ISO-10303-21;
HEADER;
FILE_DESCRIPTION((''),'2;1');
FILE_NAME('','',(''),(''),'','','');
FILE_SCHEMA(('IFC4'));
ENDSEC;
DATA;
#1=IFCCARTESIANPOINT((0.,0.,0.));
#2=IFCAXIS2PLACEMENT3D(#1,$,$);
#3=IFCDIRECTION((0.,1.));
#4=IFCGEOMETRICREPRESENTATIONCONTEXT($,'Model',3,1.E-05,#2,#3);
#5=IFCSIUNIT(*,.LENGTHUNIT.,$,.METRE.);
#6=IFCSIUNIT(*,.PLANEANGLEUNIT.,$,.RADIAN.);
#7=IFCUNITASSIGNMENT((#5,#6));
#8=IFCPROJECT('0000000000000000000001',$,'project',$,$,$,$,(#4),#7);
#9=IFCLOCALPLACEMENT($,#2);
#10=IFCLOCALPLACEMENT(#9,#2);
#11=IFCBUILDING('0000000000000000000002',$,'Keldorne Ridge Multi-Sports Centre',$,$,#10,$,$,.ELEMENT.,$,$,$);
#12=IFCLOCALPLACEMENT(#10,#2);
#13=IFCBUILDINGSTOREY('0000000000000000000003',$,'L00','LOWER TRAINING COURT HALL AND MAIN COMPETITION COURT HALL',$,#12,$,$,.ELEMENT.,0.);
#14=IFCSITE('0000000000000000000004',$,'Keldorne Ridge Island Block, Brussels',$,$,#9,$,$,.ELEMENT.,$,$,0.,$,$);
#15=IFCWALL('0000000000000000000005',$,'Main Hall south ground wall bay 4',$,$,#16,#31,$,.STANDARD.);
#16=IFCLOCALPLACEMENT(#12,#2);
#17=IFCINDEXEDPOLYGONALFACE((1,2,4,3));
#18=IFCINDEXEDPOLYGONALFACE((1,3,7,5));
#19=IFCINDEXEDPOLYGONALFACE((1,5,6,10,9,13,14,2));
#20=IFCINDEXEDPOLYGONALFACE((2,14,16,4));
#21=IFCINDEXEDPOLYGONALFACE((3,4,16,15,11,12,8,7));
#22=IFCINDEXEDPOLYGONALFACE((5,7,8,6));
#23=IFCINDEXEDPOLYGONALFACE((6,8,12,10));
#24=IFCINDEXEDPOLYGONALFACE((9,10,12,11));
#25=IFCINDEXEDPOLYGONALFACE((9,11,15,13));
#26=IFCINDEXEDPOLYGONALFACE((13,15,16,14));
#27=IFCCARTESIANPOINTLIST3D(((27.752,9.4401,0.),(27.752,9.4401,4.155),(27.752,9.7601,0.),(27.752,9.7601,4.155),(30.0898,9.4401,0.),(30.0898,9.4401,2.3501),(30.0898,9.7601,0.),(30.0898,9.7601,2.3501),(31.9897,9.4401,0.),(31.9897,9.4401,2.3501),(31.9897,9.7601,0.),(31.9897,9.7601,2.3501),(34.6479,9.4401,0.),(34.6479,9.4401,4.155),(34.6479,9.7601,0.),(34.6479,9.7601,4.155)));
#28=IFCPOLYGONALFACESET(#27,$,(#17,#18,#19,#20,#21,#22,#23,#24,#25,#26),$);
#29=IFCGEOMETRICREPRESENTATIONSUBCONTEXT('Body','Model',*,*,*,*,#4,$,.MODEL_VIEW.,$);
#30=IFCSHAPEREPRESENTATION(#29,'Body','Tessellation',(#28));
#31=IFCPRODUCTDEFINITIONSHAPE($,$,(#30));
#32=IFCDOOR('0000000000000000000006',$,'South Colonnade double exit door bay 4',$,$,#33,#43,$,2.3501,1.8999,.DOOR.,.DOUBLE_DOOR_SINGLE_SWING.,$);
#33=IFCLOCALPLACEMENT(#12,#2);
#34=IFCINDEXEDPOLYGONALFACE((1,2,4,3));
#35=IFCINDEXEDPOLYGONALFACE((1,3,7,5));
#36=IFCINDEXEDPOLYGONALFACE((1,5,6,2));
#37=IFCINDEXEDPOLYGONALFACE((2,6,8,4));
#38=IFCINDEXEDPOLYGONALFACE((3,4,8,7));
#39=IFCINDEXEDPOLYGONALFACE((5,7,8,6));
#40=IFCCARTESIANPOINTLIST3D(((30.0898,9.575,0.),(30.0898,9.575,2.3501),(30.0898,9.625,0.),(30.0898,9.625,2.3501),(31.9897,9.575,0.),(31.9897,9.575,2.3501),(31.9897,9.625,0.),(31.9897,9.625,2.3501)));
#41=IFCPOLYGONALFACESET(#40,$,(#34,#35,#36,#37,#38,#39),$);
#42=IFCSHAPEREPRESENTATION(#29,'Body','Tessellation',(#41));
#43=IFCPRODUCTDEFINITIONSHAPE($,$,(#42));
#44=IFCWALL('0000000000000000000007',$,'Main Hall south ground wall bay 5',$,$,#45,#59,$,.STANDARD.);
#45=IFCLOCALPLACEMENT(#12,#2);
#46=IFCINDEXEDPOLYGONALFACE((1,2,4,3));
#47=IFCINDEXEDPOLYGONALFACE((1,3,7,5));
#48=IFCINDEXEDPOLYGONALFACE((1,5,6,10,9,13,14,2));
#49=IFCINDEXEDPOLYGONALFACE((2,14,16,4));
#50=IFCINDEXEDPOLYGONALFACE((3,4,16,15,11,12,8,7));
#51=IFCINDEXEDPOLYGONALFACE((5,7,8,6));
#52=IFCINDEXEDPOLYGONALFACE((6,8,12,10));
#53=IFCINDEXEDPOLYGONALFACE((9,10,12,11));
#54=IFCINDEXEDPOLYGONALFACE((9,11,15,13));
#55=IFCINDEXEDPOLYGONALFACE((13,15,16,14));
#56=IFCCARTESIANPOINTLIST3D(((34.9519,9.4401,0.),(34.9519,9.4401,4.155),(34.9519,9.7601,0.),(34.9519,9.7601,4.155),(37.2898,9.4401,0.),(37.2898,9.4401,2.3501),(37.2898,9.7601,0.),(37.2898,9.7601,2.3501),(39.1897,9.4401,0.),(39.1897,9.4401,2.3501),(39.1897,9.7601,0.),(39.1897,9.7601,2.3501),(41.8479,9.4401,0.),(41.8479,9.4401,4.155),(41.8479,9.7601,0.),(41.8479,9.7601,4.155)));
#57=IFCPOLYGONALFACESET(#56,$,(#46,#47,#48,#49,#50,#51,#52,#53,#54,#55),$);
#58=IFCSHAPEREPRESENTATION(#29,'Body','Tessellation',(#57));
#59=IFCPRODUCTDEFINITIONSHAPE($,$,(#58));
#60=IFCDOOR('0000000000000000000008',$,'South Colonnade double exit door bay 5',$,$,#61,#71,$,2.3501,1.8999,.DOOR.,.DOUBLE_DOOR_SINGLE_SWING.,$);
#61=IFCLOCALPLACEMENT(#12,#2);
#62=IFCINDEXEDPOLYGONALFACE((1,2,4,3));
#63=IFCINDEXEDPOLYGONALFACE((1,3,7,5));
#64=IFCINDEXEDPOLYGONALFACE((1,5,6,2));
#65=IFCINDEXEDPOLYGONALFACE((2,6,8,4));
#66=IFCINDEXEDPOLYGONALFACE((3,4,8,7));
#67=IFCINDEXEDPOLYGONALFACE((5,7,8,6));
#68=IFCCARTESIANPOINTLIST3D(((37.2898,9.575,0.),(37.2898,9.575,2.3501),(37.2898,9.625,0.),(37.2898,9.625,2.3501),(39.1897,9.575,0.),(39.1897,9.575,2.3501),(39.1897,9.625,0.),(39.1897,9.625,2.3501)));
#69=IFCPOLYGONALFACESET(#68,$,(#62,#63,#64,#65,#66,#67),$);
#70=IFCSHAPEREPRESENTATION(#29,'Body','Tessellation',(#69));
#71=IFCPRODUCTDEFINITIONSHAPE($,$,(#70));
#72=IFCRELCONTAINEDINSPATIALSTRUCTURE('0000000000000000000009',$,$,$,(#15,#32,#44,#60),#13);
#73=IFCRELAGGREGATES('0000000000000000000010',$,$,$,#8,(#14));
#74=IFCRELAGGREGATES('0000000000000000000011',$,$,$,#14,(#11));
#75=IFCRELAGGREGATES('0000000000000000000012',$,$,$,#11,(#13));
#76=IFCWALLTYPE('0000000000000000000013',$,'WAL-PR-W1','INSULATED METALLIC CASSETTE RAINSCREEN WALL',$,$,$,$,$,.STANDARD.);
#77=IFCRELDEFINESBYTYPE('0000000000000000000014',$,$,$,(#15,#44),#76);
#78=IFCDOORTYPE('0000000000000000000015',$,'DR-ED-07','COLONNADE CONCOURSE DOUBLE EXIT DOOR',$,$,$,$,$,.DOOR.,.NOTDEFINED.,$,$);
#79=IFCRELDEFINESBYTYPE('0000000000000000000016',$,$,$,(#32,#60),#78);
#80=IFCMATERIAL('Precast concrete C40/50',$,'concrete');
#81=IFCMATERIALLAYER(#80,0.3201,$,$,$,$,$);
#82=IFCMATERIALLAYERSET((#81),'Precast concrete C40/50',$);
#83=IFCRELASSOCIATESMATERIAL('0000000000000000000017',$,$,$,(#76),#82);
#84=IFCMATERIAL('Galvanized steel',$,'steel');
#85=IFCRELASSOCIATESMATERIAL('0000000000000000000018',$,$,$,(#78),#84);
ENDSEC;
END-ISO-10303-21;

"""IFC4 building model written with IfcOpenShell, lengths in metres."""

from ifc_helpers import new_model, si_unit, direction, frame, frame_2d, origin, place, context, subcontext, project, spatial, rectangle, extrude, material, layer, layer_set, type_object, element, fill, save


model = new_model("IFC4")

# Units and contexts
model_context = context("Model", 3, precision=1e-05, world=origin(), true_north=direction((0.0, 1.0)))
body_context = subcontext(model_context, "Body", "Model", "MODEL_VIEW")
ifc_project = project(units=[si_unit("LENGTHUNIT", "METRE"), si_unit("PLANEANGLEUNIT", "RADIAN")], contexts=[model_context])

# Site, building, storey
site_placement = place(None, origin())
site = spatial("IfcSite", under=ifc_project, at=site_placement, Name="Keldorne Ridge Island Block, Brussels", CompositionType="ELEMENT", RefElevation=0.0)
building_placement = place(site_placement, origin())
building = spatial("IfcBuilding", under=site, at=building_placement, Name="Keldorne Ridge Multi-Sports Centre", CompositionType="ELEMENT")
storey_placement = place(building_placement, origin())
storey = spatial("IfcBuildingStorey", under=building, at=storey_placement, Name="L00", Description="LOWER TRAINING COURT HALL AND MAIN COMPETITION COURT HALL", CompositionType="ELEMENT", Elevation=0.0)

# Walls, openings, doors
ifc_material_1 = material(Name="Precast concrete C40/50", Category="concrete")
ifc_layer_1 = layer(ifc_material_1, 0.3201)
ifc_layer_set_1 = layer_set([ifc_layer_1], Name="Precast concrete C40/50")
wall_type = type_object("IfcWallType", Name="WAL-PR-W1", Description="INSULATED METALLIC CASSETTE RAINSCREEN WALL", PredefinedType="STANDARD", material=ifc_layer_set_1)
wall_1_placement = place(storey_placement, frame((27.752, 9.6001, 0.0), z_axis=(0.0, 0.0, 1.0), x_axis=(1.0, 0.0, 0.0)))
wall_1 = element("IfcWall", 1, at=wall_1_placement, inside=storey, type_object=wall_type, Name="Main Hall south ground wall bay 4", PredefinedType="STANDARD", context=body_context, shape_type="SweptSolid", body=[
    extrude(rectangle(XDim=6.896, YDim=0.3201, at=frame_2d((3.448, 0.0))), origin(), (0.0, 0.0, 1.0), 4.155),
])
opening_1_placement = place(wall_1_placement, frame((2.3379, 0.0, 0.0)))
opening_1 = element("IfcOpeningElement", 2, at=opening_1_placement, cuts=wall_1, PredefinedType="OPENING", context=body_context, shape_type="SweptSolid", body=[
    extrude(rectangle(XDim=1.8999, YDim=2.3501, at=frame_2d((0.95, 1.175))), frame((0.0, 0.1699, 0.0), z_axis=(0.0, -1.0, 0.0), x_axis=(1.0, 0.0, 0.0)), (0.0, 0.0, 1.0), 0.3401),
])
ifc_material_2 = material(Name="Galvanized steel", Category="steel")
door_type = type_object("IfcDoorType", Name="DR-ED-07", Description="COLONNADE CONCOURSE DOUBLE EXIT DOOR", OperationType="NOTDEFINED", PredefinedType="DOOR", material=ifc_material_2)
door_1_placement = place(opening_1_placement, origin())
door_1 = element("IfcDoor", 3, at=door_1_placement, inside=storey, type_object=door_type, Name="South Colonnade double exit door bay 4", OperationType="DOUBLE_DOOR_SINGLE_SWING", OverallHeight=2.3501, OverallWidth=1.8999, PredefinedType="DOOR", context=body_context, shape_type="SweptSolid", body=[
    extrude(rectangle(XDim=1.8999, YDim=2.3501, at=frame_2d((0.95, 1.175))), frame((0.0, 0.0249, 0.0), z_axis=(0.0, -1.0, 0.0), x_axis=(1.0, 0.0, 0.0)), (0.0, 0.0, 1.0), 0.05),
])
fill(opening_1, door_1)
wall_2_placement = place(storey_placement, frame((34.9519, 9.6001, 0.0), z_axis=(0.0, 0.0, 1.0), x_axis=(1.0, 0.0, 0.0)))
wall_2 = element("IfcWall", 4, at=wall_2_placement, inside=storey, type_object=wall_type, Name="Main Hall south ground wall bay 5", PredefinedType="STANDARD", context=body_context, shape_type="SweptSolid", body=[
    extrude(rectangle(XDim=6.896, YDim=0.3201, at=frame_2d((3.448, 0.0))), origin(), (0.0, 0.0, 1.0), 4.155),
])
opening_2_placement = place(wall_2_placement, frame((2.3379, 0.0, 0.0)))
opening_2 = element("IfcOpeningElement", 5, at=opening_2_placement, cuts=wall_2, PredefinedType="OPENING", context=body_context, shape_type="SweptSolid", body=[
    extrude(rectangle(XDim=1.8999, YDim=2.3501, at=frame_2d((0.95, 1.175))), frame((0.0, 0.1699, 0.0), z_axis=(0.0, -1.0, 0.0), x_axis=(1.0, 0.0, 0.0)), (0.0, 0.0, 1.0), 0.3401),
])
door_2_placement = place(opening_2_placement, origin())
door_2 = element("IfcDoor", 6, at=door_2_placement, inside=storey, type_object=door_type, Name="South Colonnade double exit door bay 5", OperationType="DOUBLE_DOOR_SINGLE_SWING", OverallHeight=2.3501, OverallWidth=1.8999, PredefinedType="DOOR", context=body_context, shape_type="SweptSolid", body=[
    extrude(rectangle(XDim=1.8999, YDim=2.3501, at=frame_2d((0.95, 1.175))), frame((0.0, 0.0249, 0.0), z_axis=(0.0, -1.0, 0.0), x_axis=(1.0, 0.0, 0.0)), (0.0, 0.0, 1.0), 0.05),
])
fill(opening_2, door_2)

save(model, "model.ifc")
